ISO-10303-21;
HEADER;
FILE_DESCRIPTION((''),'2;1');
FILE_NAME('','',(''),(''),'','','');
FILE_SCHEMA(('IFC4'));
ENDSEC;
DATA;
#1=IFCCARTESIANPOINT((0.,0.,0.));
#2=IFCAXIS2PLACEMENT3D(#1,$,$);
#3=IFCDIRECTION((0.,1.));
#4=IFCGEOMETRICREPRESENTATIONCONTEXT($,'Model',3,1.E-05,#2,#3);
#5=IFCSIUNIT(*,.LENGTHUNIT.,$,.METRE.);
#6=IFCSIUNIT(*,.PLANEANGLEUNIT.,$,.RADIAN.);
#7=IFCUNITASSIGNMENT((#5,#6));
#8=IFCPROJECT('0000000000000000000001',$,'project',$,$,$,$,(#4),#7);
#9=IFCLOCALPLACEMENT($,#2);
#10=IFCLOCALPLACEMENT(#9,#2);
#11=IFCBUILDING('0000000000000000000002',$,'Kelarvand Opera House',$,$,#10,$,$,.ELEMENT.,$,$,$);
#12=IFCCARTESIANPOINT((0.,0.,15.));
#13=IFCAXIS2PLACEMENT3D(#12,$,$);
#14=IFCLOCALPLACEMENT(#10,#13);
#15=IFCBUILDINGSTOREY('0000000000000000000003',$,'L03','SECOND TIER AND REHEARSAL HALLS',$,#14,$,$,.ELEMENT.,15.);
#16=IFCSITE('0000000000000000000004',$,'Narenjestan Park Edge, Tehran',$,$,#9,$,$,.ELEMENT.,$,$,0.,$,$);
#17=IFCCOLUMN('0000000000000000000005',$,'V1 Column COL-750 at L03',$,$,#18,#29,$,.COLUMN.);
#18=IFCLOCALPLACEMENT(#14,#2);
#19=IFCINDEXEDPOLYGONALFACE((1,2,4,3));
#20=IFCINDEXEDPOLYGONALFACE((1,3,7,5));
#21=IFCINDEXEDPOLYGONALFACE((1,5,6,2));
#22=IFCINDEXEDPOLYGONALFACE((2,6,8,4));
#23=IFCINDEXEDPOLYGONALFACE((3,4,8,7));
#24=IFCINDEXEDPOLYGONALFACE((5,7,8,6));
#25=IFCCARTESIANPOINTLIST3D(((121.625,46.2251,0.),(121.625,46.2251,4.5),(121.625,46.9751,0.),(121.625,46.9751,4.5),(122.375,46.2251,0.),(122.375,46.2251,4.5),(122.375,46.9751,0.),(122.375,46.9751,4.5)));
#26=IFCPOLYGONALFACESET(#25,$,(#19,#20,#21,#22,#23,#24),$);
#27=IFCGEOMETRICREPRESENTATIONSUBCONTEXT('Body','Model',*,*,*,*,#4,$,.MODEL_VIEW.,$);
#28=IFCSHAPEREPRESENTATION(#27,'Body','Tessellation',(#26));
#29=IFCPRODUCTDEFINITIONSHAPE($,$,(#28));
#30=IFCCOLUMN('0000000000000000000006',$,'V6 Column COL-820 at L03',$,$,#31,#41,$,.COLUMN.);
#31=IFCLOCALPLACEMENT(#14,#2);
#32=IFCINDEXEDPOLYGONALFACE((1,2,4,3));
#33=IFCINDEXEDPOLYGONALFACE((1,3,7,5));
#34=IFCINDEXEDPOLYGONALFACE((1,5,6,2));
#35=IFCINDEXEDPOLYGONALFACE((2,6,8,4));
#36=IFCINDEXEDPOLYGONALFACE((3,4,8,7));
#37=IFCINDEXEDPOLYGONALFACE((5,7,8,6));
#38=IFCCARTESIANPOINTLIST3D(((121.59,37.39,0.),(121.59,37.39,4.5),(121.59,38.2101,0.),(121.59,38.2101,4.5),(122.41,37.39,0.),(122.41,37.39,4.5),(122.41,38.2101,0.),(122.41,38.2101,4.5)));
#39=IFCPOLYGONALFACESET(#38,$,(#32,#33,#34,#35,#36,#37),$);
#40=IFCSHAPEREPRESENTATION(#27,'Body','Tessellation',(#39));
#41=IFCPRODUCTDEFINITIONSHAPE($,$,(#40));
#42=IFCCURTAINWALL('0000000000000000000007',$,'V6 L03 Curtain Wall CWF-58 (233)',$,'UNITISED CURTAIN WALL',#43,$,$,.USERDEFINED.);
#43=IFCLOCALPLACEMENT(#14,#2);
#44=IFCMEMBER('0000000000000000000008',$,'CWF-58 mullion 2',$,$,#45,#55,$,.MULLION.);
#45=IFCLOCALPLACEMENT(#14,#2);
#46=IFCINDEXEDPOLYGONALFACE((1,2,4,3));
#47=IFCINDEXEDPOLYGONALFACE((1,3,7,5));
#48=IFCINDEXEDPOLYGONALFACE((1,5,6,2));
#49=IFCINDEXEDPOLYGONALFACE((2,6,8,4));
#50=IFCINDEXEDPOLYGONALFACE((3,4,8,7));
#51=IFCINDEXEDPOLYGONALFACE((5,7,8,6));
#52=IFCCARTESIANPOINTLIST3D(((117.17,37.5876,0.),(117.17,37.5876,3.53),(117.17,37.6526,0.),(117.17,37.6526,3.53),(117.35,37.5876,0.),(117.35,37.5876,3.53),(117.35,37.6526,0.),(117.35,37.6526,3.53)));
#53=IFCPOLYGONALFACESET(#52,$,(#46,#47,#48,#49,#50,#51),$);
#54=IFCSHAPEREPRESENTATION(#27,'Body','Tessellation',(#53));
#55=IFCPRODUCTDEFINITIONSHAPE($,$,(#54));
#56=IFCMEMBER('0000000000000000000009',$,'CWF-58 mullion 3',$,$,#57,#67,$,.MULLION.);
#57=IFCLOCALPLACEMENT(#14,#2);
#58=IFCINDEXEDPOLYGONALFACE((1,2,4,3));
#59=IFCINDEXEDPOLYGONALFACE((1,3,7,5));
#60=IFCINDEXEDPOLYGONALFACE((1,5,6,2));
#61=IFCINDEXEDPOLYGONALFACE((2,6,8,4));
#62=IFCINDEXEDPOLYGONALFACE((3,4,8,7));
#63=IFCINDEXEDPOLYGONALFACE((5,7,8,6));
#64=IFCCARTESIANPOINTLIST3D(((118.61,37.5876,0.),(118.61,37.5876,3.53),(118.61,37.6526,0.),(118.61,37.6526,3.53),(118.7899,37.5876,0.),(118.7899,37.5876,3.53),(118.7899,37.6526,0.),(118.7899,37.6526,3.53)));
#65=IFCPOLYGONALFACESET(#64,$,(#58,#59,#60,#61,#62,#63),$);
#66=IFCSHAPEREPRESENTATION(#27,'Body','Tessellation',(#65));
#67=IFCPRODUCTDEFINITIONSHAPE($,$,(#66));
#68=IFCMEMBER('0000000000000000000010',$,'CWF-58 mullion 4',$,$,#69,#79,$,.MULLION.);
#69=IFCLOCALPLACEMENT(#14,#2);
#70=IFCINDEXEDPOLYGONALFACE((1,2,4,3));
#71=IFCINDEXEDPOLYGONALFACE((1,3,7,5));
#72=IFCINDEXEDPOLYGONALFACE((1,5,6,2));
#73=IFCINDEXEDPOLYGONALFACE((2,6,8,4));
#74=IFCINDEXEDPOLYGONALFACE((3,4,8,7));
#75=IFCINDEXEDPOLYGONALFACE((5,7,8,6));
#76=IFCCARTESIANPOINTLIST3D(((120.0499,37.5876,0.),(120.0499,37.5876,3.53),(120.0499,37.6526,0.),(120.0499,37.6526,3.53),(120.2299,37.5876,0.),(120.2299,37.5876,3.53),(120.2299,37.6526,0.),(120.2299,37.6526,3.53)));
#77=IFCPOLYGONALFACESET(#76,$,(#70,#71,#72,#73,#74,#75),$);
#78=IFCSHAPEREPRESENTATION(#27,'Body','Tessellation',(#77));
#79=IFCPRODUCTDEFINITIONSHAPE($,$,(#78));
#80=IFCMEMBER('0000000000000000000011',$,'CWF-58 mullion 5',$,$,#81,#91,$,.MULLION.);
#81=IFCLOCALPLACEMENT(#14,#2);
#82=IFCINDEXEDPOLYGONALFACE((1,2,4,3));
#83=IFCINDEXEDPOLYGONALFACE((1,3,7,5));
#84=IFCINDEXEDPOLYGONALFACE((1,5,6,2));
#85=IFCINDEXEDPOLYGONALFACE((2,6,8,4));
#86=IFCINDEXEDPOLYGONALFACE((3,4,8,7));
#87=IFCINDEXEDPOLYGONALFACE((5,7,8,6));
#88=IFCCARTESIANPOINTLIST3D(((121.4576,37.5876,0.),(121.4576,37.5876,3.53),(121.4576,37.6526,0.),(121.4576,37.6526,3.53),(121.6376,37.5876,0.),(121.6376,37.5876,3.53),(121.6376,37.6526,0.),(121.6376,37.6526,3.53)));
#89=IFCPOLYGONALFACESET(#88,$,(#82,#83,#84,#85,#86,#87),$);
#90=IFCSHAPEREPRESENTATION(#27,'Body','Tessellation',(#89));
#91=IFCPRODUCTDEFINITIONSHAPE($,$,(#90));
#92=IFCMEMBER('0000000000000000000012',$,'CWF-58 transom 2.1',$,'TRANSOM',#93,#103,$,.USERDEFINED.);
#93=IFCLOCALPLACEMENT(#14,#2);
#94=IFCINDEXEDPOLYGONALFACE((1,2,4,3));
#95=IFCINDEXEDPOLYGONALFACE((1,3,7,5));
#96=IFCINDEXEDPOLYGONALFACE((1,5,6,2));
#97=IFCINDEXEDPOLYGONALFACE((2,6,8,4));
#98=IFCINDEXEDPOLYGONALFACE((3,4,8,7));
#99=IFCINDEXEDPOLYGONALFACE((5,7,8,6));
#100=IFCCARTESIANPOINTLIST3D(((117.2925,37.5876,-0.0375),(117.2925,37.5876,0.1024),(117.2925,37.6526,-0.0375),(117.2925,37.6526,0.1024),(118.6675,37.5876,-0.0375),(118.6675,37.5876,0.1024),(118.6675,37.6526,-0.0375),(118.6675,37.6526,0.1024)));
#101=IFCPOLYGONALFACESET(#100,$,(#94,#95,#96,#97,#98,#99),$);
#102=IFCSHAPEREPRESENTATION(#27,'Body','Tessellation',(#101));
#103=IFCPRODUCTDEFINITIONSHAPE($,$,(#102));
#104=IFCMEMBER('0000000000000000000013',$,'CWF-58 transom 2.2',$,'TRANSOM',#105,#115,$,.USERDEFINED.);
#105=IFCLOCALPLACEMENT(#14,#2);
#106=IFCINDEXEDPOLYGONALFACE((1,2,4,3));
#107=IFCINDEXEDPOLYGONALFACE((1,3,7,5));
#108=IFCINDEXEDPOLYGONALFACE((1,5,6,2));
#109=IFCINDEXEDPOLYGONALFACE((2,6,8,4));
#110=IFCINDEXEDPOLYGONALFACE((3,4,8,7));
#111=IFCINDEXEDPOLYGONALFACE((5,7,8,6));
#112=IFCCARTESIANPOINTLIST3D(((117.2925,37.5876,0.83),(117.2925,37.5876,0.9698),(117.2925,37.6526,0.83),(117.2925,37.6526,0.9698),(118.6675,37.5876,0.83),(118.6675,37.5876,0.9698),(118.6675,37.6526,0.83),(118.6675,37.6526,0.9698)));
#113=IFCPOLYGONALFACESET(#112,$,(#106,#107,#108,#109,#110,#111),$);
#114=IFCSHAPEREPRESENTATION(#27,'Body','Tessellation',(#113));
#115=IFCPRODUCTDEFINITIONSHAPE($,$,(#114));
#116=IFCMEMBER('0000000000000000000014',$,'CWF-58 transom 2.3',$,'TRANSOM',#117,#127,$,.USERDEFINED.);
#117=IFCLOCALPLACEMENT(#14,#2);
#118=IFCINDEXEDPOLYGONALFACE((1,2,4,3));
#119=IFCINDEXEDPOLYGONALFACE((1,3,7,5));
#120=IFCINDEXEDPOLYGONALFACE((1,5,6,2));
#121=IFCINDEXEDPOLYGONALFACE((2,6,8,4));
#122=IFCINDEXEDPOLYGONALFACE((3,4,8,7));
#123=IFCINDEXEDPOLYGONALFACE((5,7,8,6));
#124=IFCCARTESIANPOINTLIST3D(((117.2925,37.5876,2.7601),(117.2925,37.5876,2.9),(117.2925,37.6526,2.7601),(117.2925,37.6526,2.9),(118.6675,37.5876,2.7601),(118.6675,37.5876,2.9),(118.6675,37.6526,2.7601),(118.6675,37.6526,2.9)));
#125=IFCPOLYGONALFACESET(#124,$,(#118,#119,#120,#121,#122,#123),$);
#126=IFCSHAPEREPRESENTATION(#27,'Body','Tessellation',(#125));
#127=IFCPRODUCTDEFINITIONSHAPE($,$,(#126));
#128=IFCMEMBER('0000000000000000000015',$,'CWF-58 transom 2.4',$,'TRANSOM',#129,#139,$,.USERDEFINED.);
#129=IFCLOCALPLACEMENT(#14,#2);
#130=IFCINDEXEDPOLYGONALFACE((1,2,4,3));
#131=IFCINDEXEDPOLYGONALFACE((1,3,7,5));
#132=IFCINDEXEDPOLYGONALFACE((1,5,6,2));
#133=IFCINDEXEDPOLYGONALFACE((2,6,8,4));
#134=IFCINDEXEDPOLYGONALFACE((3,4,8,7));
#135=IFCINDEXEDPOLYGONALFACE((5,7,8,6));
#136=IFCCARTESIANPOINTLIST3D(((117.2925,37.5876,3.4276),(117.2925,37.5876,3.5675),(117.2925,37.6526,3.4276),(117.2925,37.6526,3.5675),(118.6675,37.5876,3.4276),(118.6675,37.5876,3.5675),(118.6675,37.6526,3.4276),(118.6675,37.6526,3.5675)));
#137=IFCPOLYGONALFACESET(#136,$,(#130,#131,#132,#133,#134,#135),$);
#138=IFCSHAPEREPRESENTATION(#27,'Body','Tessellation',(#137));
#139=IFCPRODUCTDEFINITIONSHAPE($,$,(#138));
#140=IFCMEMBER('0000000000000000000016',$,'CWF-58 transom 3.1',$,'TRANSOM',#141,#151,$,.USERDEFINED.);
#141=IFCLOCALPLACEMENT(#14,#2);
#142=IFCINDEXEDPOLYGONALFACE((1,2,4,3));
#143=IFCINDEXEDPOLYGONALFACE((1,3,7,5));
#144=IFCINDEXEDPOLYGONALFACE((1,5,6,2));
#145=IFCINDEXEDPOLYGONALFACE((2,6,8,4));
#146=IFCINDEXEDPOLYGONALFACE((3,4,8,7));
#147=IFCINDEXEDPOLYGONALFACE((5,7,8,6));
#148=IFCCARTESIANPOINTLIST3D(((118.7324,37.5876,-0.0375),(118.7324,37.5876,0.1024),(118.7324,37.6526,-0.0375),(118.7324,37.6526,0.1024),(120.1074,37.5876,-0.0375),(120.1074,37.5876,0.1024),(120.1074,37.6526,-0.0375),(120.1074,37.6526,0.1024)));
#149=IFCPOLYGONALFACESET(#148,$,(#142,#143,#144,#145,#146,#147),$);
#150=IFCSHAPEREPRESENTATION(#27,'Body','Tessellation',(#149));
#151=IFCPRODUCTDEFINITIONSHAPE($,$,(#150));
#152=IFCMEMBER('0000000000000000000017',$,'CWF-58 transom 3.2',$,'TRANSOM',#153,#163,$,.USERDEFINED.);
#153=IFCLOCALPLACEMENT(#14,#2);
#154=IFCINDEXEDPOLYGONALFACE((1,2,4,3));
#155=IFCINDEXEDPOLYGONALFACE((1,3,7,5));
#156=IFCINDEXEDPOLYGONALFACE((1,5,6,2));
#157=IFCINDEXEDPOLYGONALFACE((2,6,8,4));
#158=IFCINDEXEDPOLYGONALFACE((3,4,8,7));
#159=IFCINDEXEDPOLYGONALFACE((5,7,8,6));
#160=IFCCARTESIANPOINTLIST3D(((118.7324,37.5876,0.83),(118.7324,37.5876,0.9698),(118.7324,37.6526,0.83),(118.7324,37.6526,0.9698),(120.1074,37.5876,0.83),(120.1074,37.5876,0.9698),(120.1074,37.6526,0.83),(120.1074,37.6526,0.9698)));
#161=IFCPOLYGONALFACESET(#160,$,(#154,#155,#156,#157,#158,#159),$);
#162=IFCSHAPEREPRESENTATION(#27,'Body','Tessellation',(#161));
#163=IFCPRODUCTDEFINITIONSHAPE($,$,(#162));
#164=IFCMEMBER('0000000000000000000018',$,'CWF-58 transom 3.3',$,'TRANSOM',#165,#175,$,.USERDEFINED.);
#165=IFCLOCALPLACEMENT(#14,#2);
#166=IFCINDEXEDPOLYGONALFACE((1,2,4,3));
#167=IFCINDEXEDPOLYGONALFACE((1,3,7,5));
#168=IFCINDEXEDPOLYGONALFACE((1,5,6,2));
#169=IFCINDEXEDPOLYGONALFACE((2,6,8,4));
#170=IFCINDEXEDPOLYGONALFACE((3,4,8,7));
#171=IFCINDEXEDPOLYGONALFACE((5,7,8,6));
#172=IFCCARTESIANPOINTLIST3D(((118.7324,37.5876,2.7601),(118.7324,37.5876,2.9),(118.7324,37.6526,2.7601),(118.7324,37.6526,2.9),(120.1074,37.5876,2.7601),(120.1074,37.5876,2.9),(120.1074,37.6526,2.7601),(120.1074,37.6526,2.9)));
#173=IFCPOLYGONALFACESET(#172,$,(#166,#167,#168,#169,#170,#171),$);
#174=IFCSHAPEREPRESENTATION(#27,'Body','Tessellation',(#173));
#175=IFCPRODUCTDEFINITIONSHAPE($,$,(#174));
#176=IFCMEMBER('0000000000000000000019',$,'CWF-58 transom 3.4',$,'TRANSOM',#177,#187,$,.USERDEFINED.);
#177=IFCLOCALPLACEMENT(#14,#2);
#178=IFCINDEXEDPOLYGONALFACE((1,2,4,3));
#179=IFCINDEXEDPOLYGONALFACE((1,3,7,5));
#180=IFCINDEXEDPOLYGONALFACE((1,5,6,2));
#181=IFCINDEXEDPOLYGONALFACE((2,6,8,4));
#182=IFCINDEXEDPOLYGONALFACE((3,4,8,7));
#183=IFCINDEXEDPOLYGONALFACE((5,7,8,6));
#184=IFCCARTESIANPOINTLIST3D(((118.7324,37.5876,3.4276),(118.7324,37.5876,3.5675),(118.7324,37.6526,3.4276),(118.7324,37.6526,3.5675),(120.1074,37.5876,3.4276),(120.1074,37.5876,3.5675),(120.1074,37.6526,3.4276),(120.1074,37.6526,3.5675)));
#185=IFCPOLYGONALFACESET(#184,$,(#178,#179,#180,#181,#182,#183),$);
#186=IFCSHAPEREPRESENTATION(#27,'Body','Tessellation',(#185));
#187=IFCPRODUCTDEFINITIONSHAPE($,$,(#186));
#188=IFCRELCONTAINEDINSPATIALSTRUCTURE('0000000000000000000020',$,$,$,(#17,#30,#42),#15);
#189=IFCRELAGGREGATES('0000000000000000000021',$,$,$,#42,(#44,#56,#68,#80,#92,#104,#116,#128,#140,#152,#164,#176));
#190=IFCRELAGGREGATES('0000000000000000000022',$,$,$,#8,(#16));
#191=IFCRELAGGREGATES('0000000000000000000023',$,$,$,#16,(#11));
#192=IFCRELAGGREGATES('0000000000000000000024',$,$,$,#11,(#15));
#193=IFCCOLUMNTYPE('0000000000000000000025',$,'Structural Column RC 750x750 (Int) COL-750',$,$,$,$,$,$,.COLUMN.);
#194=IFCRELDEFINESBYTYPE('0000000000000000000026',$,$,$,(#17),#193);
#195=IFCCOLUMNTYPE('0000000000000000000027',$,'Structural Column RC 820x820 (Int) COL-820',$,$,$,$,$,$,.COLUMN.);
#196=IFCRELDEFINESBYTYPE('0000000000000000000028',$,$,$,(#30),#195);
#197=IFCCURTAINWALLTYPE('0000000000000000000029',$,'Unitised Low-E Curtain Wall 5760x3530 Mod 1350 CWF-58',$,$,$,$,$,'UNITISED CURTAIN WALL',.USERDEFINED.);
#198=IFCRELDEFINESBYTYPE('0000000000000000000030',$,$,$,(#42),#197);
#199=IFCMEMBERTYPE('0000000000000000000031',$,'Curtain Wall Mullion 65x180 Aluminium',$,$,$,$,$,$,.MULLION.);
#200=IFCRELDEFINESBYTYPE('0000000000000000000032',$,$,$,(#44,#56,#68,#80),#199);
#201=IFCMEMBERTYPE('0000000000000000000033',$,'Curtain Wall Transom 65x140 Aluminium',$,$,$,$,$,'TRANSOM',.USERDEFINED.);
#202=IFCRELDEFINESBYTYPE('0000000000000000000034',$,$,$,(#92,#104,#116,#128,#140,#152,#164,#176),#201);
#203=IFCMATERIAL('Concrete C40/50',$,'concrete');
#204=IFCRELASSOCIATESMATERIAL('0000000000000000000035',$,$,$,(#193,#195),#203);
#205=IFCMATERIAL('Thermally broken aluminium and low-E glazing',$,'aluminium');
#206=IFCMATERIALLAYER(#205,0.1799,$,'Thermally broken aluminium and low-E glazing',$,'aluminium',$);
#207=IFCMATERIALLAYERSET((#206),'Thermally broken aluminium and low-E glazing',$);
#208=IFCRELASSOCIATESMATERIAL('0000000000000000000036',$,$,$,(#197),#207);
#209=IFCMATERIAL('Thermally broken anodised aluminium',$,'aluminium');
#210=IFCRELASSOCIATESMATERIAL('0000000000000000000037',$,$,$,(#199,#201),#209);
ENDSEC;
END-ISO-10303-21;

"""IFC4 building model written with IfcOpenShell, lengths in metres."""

from ifc_helpers import new_model, si_unit, direction, frame, origin, origin_2d, place, context, subcontext, project, spatial, rectangle, extrude, material, layer, layer_set, material_profile, profile_set, type_object, element, aggregate, save


model = new_model("IFC4")

# Units and contexts
model_context = context("Model", 3, precision=1e-05, world=origin(), true_north=direction((0.0, 1.0)))
body_context = subcontext(model_context, "Body", "Model", "MODEL_VIEW")
ifc_project = project(units=[si_unit("LENGTHUNIT", "METRE"), si_unit("PLANEANGLEUNIT", "RADIAN")], contexts=[model_context])

# Site, building, storey
site_placement = place(None, origin())
site = spatial("IfcSite", under=ifc_project, at=site_placement, Name="Narenjestan Park Edge, Tehran", CompositionType="ELEMENT", RefElevation=0.0)
building_placement = place(site_placement, origin())
building = spatial("IfcBuilding", under=site, at=building_placement, Name="Kelarvand Opera House", CompositionType="ELEMENT")
storey_placement = place(building_placement, frame((0.0, 0.0, 15.0)))
storey = spatial("IfcBuildingStorey", under=building, at=storey_placement, Name="L03", Description="SECOND TIER AND REHEARSAL HALLS", CompositionType="ELEMENT", Elevation=15.0)

# Columns
ifc_material_1 = material(Name="Concrete C40/50", Category="concrete")
ifc_material_profile_1 = material_profile(ifc_material_1, rectangle(XDim=0.75, YDim=0.75, at=origin_2d()), Name="RC 750x750", Category="concrete")
ifc_profile_set_1 = profile_set([ifc_material_profile_1], Name="Concrete C40/50")
column_type_1 = type_object("IfcColumnType", Name="Structural Column RC 750x750 (Int) COL-750", PredefinedType="COLUMN", material=ifc_profile_set_1)
column_1_placement = place(storey_placement, frame((122.0, 46.6001, 0.0), z_axis=(0.0, 0.0, 1.0), x_axis=(1.0, 0.0, 0.0)))
element("IfcColumn", 1, at=column_1_placement, inside=storey, type_object=column_type_1, Name="V1 Column COL-750 at L03", PredefinedType="COLUMN", context=body_context, shape_type="SweptSolid", body=[
    extrude(rectangle(XDim=0.75, YDim=0.75, at=origin_2d()), origin(), (0.0, 0.0, 1.0), 4.5),
])
ifc_material_profile_2 = material_profile(ifc_material_1, rectangle(XDim=0.8201, YDim=0.8201, at=origin_2d()), Name="RC 820x820", Category="concrete")
ifc_profile_set_2 = profile_set([ifc_material_profile_2], Name="Concrete C40/50")
column_type_2 = type_object("IfcColumnType", Name="Structural Column RC 820x820 (Int) COL-820", PredefinedType="COLUMN", material=ifc_profile_set_2)
column_2_placement = place(storey_placement, frame((122.0, 37.8, 0.0), z_axis=(0.0, 0.0, 1.0), x_axis=(1.0, 0.0, 0.0)))
element("IfcColumn", 2, at=column_2_placement, inside=storey, type_object=column_type_2, Name="V6 Column COL-820 at L03", PredefinedType="COLUMN", context=body_context, shape_type="SweptSolid", body=[
    extrude(rectangle(XDim=0.8201, YDim=0.8201, at=origin_2d()), origin(), (0.0, 0.0, 1.0), 4.5),
])

# Curtain wall, members
ifc_material_2 = material(Name="Thermally broken aluminium and low-E glazing", Category="aluminium")
ifc_layer_1 = layer(ifc_material_2, 0.1799, Name="Thermally broken aluminium and low-E glazing", Category="aluminium")
ifc_layer_set_1 = layer_set([ifc_layer_1], Name="Thermally broken aluminium and low-E glazing")
curtain_wall_type = type_object("IfcCurtainWallType", Name="Unitised Low-E Curtain Wall 5760x3530 Mod 1350 CWF-58", ElementType="UNITISED CURTAIN WALL", PredefinedType="USERDEFINED", material=ifc_layer_set_1)
curtain_wall_placement = place(storey_placement, origin())
curtain_wall = element("IfcCurtainWall", 3, at=curtain_wall_placement, inside=storey, type_object=curtain_wall_type, Name="V6 L03 Curtain Wall CWF-58 (233)", ObjectType="UNITISED CURTAIN WALL", PredefinedType="USERDEFINED")
ifc_material_3 = material(Name="Thermally broken anodised aluminium", Category="aluminium")
ifc_material_profile_3 = material_profile(ifc_material_3, rectangle(XDim=0.0649, YDim=0.1799, at=origin_2d()), Name="ALU MULLION 65x180", Category="aluminium")
ifc_profile_set_3 = profile_set([ifc_material_profile_3], Name="Thermally broken anodised aluminium")
member_type_1 = type_object("IfcMemberType", Name="Curtain Wall Mullion 65x180 Aluminium", PredefinedType="MULLION", material=ifc_profile_set_3)
member_1_placement = place(storey_placement, frame((117.26, 37.6201, 0.0), z_axis=(0.0, 0.0, 1.0), x_axis=(0.0, 1.0, 0.0)))
member_1 = element("IfcMember", 4, at=member_1_placement, type_object=member_type_1, Name="CWF-58 mullion 2", PredefinedType="MULLION", context=body_context, shape_type="SweptSolid", body=[
    extrude(rectangle(XDim=0.0649, YDim=0.1799, at=origin_2d()), origin(), (0.0, 0.0, 1.0), 3.53),
])
member_2_placement = place(storey_placement, frame((118.7, 37.6201, 0.0), z_axis=(0.0, 0.0, 1.0), x_axis=(0.0, 1.0, 0.0)))
member_2 = element("IfcMember", 5, at=member_2_placement, type_object=member_type_1, Name="CWF-58 mullion 3", PredefinedType="MULLION", context=body_context, shape_type="SweptSolid", body=[
    extrude(rectangle(XDim=0.0649, YDim=0.1799, at=origin_2d()), origin(), (0.0, 0.0, 1.0), 3.53),
])
member_3_placement = place(storey_placement, frame((120.1399, 37.6201, 0.0), z_axis=(0.0, 0.0, 1.0), x_axis=(0.0, 1.0, 0.0)))
member_3 = element("IfcMember", 6, at=member_3_placement, type_object=member_type_1, Name="CWF-58 mullion 4", PredefinedType="MULLION", context=body_context, shape_type="SweptSolid", body=[
    extrude(rectangle(XDim=0.0649, YDim=0.1799, at=origin_2d()), origin(), (0.0, 0.0, 1.0), 3.53),
])
member_4_placement = place(storey_placement, frame((121.5476, 37.6201, 0.0), z_axis=(0.0, 0.0, 1.0), x_axis=(0.0, 1.0, 0.0)))
member_4 = element("IfcMember", 7, at=member_4_placement, type_object=member_type_1, Name="CWF-58 mullion 5", PredefinedType="MULLION", context=body_context, shape_type="SweptSolid", body=[
    extrude(rectangle(XDim=0.0649, YDim=0.1799, at=origin_2d()), origin(), (0.0, 0.0, 1.0), 3.53),
])
ifc_material_profile_4 = material_profile(ifc_material_3, rectangle(XDim=0.0649, YDim=0.1399, at=origin_2d()), Name="ALU TRANSOM 65x140", Category="aluminium")
ifc_profile_set_4 = profile_set([ifc_material_profile_4], Name="Thermally broken anodised aluminium")
member_type_2 = type_object("IfcMemberType", Name="Curtain Wall Transom 65x140 Aluminium", ElementType="TRANSOM", PredefinedType="USERDEFINED", material=ifc_profile_set_4)
member_5_placement = place(storey_placement, frame((117.2925, 37.6201, 0.0325), z_axis=(1.0, 0.0, 0.0), x_axis=(0.0, 1.0, 0.0)))
member_5 = element("IfcMember", 8, at=member_5_placement, type_object=member_type_2, Name="CWF-58 transom 2.1", ObjectType="TRANSOM", PredefinedType="USERDEFINED", context=body_context, shape_type="SweptSolid", body=[
    extrude(rectangle(XDim=0.0649, YDim=0.1399, at=origin_2d()), origin(), (0.0, 0.0, 1.0), 1.375),
])
member_6_placement = place(storey_placement, frame((117.2925, 37.6201, 0.8999), z_axis=(1.0, 0.0, 0.0), x_axis=(0.0, 1.0, 0.0)))
member_6 = element("IfcMember", 9, at=member_6_placement, type_object=member_type_2, Name="CWF-58 transom 2.2", ObjectType="TRANSOM", PredefinedType="USERDEFINED", context=body_context, shape_type="SweptSolid", body=[
    extrude(rectangle(XDim=0.0649, YDim=0.1399, at=origin_2d()), origin(), (0.0, 0.0, 1.0), 1.375),
])
member_7_placement = place(storey_placement, frame((117.2925, 37.6201, 2.8301), z_axis=(1.0, 0.0, 0.0), x_axis=(0.0, 1.0, 0.0)))
member_7 = element("IfcMember", 10, at=member_7_placement, type_object=member_type_2, Name="CWF-58 transom 2.3", ObjectType="TRANSOM", PredefinedType="USERDEFINED", context=body_context, shape_type="SweptSolid", body=[
    extrude(rectangle(XDim=0.0649, YDim=0.1399, at=origin_2d()), origin(), (0.0, 0.0, 1.0), 1.375),
])
member_8_placement = place(storey_placement, frame((117.2925, 37.6201, 3.4976), z_axis=(1.0, 0.0, 0.0), x_axis=(0.0, 1.0, 0.0)))
member_8 = element("IfcMember", 11, at=member_8_placement, type_object=member_type_2, Name="CWF-58 transom 2.4", ObjectType="TRANSOM", PredefinedType="USERDEFINED", context=body_context, shape_type="SweptSolid", body=[
    extrude(rectangle(XDim=0.0649, YDim=0.1399, at=origin_2d()), origin(), (0.0, 0.0, 1.0), 1.375),
])
member_9_placement = place(storey_placement, frame((118.7324, 37.6201, 0.0325), z_axis=(1.0, 0.0, 0.0), x_axis=(0.0, 1.0, 0.0)))
member_9 = element("IfcMember", 12, at=member_9_placement, type_object=member_type_2, Name="CWF-58 transom 3.1", ObjectType="TRANSOM", PredefinedType="USERDEFINED", context=body_context, shape_type="SweptSolid", body=[
    extrude(rectangle(XDim=0.0649, YDim=0.1399, at=origin_2d()), origin(), (0.0, 0.0, 1.0), 1.375),
])
member_10_placement = place(storey_placement, frame((118.7324, 37.6201, 0.8999), z_axis=(1.0, 0.0, 0.0), x_axis=(0.0, 1.0, 0.0)))
member_10 = element("IfcMember", 13, at=member_10_placement, type_object=member_type_2, Name="CWF-58 transom 3.2", ObjectType="TRANSOM", PredefinedType="USERDEFINED", context=body_context, shape_type="SweptSolid", body=[
    extrude(rectangle(XDim=0.0649, YDim=0.1399, at=origin_2d()), origin(), (0.0, 0.0, 1.0), 1.375),
])
member_11_placement = place(storey_placement, frame((118.7324, 37.6201, 2.8301), z_axis=(1.0, 0.0, 0.0), x_axis=(0.0, 1.0, 0.0)))
member_11 = element("IfcMember", 14, at=member_11_placement, type_object=member_type_2, Name="CWF-58 transom 3.3", ObjectType="TRANSOM", PredefinedType="USERDEFINED", context=body_context, shape_type="SweptSolid", body=[
    extrude(rectangle(XDim=0.0649, YDim=0.1399, at=origin_2d()), origin(), (0.0, 0.0, 1.0), 1.375),
])
member_12_placement = place(storey_placement, frame((118.7324, 37.6201, 3.4976), z_axis=(1.0, 0.0, 0.0), x_axis=(0.0, 1.0, 0.0)))
member_12 = element("IfcMember", 15, at=member_12_placement, type_object=member_type_2, Name="CWF-58 transom 3.4", ObjectType="TRANSOM", PredefinedType="USERDEFINED", context=body_context, shape_type="SweptSolid", body=[
    extrude(rectangle(XDim=0.0649, YDim=0.1399, at=origin_2d()), origin(), (0.0, 0.0, 1.0), 1.375),
])

aggregate(curtain_wall, [member_1, member_2, member_3, member_4, member_5, member_6, member_7, member_8, member_9, member_10, member_11, member_12])

save(model, "model.ifc")
